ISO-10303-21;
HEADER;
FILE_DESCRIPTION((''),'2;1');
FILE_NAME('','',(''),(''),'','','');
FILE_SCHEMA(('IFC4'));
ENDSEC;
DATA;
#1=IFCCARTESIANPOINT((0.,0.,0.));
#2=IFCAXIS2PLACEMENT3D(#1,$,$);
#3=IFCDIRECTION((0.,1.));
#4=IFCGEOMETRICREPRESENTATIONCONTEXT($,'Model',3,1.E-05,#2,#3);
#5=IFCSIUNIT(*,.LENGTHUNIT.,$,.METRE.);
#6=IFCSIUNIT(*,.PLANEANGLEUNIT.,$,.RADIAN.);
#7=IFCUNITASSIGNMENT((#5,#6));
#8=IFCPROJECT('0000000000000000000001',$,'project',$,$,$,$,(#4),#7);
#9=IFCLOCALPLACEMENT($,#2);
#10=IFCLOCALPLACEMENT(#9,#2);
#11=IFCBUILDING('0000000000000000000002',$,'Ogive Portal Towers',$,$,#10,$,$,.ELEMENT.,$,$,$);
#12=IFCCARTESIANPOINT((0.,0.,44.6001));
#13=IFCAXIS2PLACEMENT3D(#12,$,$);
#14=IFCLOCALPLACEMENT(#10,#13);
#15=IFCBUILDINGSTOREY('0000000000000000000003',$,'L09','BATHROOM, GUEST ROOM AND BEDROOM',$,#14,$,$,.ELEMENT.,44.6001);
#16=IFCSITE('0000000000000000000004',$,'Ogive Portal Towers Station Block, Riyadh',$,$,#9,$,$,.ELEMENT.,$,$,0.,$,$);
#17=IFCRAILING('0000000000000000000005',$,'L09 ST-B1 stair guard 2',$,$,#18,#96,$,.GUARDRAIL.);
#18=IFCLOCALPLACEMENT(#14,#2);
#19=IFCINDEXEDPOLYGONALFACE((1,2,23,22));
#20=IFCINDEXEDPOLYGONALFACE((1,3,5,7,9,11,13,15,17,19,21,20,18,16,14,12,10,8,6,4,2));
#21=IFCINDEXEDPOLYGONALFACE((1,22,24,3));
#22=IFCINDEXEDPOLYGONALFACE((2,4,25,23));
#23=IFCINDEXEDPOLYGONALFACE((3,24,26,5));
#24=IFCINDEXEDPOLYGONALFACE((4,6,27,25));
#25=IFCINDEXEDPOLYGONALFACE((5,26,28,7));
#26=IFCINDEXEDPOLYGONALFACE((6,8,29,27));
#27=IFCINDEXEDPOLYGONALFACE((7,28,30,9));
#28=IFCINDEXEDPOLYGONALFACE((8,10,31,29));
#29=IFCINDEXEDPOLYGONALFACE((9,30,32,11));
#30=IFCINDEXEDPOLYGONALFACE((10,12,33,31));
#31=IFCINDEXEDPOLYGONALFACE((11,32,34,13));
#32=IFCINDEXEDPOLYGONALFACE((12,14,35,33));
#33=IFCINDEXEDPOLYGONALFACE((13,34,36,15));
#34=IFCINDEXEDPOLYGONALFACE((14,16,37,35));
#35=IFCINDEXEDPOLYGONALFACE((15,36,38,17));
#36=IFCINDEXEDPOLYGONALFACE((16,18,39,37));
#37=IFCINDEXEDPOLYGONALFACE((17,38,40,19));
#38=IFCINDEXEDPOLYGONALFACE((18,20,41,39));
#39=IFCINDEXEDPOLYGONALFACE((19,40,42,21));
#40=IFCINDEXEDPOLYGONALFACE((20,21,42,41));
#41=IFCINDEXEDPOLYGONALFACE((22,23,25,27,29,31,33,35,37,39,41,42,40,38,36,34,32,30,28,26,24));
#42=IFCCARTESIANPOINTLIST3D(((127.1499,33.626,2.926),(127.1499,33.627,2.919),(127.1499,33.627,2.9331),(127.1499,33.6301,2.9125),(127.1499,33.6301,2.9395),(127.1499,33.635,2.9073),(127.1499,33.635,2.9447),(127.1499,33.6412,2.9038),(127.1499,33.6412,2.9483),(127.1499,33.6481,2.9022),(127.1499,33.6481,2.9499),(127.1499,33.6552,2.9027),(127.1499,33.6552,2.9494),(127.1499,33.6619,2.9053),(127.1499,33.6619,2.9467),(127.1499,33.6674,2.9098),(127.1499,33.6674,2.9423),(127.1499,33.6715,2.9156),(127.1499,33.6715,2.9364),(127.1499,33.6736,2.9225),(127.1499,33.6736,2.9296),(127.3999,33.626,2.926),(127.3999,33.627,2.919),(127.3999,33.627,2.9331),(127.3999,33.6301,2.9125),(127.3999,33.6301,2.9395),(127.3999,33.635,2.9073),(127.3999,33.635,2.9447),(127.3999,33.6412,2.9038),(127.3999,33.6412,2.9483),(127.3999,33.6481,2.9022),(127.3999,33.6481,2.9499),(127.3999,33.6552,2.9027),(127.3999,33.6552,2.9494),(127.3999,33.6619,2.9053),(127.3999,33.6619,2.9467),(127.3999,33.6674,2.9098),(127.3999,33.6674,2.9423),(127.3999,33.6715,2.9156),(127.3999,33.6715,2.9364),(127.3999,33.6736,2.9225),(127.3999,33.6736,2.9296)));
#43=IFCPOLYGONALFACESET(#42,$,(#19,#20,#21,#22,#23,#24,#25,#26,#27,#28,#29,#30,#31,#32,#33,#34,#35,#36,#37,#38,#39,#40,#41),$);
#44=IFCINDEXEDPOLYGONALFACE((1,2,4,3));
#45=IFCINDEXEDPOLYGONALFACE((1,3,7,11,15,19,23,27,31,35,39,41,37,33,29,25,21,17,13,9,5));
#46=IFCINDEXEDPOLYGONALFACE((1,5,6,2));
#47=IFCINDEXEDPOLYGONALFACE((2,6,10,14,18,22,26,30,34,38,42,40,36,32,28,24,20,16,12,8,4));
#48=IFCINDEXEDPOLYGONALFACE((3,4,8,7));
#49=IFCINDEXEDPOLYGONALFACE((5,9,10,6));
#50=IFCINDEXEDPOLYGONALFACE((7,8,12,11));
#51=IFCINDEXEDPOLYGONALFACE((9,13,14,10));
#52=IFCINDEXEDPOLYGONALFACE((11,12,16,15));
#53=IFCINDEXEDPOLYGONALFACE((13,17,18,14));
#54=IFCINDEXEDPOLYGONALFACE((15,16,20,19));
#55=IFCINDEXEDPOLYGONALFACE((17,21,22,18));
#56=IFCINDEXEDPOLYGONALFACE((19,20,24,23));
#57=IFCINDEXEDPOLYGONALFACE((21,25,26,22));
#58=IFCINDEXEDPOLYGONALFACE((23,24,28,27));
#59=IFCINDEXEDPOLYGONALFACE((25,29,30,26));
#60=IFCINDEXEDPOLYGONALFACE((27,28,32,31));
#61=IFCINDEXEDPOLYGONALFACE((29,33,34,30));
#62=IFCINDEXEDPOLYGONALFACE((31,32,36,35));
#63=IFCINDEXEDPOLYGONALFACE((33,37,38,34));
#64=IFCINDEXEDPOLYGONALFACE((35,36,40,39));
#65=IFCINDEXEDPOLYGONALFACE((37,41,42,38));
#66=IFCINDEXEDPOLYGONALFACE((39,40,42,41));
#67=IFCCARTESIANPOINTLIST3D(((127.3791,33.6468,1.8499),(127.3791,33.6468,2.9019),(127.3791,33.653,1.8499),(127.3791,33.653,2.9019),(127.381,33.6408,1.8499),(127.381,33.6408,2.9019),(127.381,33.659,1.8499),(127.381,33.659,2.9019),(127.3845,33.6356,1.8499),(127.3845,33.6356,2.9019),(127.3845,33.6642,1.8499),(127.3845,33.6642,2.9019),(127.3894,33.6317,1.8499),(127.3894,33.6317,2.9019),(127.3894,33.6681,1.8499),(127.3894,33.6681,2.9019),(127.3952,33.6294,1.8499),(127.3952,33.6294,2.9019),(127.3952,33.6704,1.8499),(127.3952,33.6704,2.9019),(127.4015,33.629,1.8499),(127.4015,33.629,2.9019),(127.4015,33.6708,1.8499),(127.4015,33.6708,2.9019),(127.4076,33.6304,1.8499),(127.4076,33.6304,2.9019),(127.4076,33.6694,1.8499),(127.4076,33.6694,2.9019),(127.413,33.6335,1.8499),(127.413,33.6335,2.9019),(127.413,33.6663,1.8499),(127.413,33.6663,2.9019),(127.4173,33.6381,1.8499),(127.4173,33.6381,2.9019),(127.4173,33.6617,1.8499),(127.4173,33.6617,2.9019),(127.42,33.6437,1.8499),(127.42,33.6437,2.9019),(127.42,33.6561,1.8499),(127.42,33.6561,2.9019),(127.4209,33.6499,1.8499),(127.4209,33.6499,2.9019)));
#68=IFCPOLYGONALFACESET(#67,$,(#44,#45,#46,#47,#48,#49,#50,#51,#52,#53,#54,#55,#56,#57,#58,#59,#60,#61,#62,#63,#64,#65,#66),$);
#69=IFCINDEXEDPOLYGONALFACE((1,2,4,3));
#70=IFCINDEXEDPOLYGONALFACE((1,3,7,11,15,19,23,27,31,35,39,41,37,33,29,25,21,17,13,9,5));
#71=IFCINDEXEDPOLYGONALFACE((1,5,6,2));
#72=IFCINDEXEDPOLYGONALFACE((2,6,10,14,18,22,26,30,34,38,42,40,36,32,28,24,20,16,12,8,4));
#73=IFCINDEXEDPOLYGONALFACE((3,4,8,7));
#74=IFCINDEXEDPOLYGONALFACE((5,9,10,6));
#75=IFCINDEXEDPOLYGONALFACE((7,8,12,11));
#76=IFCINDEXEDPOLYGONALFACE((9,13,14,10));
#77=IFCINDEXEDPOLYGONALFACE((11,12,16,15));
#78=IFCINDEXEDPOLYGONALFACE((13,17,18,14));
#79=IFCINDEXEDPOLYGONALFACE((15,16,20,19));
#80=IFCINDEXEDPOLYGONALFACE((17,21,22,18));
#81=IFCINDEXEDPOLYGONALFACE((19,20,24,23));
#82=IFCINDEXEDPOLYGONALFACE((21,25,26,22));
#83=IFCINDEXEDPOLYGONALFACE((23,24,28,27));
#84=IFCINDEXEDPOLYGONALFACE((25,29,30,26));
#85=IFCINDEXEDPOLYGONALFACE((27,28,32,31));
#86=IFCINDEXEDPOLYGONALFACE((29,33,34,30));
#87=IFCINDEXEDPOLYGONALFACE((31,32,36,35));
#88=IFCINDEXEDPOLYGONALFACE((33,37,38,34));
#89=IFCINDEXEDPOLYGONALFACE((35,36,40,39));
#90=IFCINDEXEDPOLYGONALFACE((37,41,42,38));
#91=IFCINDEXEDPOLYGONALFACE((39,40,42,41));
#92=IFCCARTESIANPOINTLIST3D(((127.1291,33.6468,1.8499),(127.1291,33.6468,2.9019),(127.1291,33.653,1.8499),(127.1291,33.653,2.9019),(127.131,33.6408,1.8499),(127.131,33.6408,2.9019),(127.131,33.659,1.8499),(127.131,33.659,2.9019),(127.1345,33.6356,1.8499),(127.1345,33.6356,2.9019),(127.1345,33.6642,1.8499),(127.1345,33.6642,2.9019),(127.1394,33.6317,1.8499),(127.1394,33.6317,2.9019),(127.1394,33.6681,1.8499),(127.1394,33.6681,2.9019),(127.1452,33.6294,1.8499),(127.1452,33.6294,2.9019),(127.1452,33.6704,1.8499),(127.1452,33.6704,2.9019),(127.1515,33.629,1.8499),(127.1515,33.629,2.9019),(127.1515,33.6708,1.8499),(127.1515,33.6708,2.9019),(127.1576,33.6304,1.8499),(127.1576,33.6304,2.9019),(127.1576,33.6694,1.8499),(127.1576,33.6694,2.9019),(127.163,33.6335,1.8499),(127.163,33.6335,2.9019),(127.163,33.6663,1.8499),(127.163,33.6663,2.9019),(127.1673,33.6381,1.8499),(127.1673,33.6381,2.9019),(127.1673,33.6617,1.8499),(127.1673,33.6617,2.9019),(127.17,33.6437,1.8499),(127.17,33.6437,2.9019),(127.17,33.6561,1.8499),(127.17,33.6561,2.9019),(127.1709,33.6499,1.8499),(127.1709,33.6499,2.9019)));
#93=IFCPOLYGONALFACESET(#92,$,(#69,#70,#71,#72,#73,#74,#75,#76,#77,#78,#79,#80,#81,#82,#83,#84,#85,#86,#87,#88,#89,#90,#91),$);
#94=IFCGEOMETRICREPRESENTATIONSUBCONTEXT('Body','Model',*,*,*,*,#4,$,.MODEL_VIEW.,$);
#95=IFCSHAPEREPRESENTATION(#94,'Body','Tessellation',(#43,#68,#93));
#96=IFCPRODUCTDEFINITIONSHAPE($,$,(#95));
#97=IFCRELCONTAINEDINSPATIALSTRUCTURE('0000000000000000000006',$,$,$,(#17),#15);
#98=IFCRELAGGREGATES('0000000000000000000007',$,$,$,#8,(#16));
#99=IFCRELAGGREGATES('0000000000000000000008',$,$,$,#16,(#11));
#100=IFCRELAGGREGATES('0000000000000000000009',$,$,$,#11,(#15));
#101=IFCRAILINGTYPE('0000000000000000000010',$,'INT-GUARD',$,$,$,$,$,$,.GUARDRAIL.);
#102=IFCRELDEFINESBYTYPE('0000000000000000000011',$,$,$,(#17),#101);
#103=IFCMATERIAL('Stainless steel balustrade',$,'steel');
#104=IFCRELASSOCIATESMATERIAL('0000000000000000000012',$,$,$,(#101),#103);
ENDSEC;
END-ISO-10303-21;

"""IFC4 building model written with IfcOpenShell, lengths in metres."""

from ifc_helpers import new_model, si_unit, direction, frame, origin, origin_2d, place, context, subcontext, project, spatial, circle, extrude, material, type_object, element, save


model = new_model("IFC4")

# Units and contexts
model_context = context("Model", 3, precision=1e-05, world=origin(), true_north=direction((0.0, 1.0)))
body_context = subcontext(model_context, "Body", "Model", "MODEL_VIEW")
ifc_project = project(units=[si_unit("LENGTHUNIT", "METRE"), si_unit("PLANEANGLEUNIT", "RADIAN")], contexts=[model_context])

# Site, building, storey
site_placement = place(None, origin())
site = spatial("IfcSite", under=ifc_project, at=site_placement, Name="Ogive Portal Towers Station Block, Riyadh", CompositionType="ELEMENT", RefElevation=0.0)
building_placement = place(site_placement, origin())
building = spatial("IfcBuilding", under=site, at=building_placement, Name="Ogive Portal Towers", CompositionType="ELEMENT")
storey_placement = place(building_placement, frame((0.0, 0.0, 44.6001)))
storey = spatial("IfcBuildingStorey", under=building, at=storey_placement, Name="L09", Description="BATHROOM, GUEST ROOM AND BEDROOM", CompositionType="ELEMENT", Elevation=44.6001)

# Railing
ifc_material_1 = material(Name="Stainless steel balustrade", Category="steel")
railing_type_1 = type_object("IfcRailingType", Name="INT-GUARD", PredefinedType="GUARDRAIL", material=ifc_material_1)
railing_1_placement = place(storey_placement, frame((127.3999, 33.6499, 1.8499)))
element("IfcRailing", 1, at=railing_1_placement, inside=storey, type_object=railing_type_1, Name="L09 ST-B1 stair guard 2", PredefinedType="GUARDRAIL", context=body_context, shape_type="SweptSolid", body=[
    extrude(circle(Radius=0.0239, at=origin_2d()), frame((0.0, 0.0, 1.0762), z_axis=(-1.0, 0.0, 0.0), x_axis=(0.0, -1.0, 0.0)), (0.0, 0.0, 1.0), 0.25),
    extrude(circle(Radius=0.021, at=origin_2d()), origin(), (0.0, 0.0, 1.0), 1.052),
    extrude(circle(Radius=0.021, at=origin_2d()), frame((-0.25, 0.0, 0.0)), (0.0, 0.0, 1.0), 1.052),
])

save(model, "model.ifc")
